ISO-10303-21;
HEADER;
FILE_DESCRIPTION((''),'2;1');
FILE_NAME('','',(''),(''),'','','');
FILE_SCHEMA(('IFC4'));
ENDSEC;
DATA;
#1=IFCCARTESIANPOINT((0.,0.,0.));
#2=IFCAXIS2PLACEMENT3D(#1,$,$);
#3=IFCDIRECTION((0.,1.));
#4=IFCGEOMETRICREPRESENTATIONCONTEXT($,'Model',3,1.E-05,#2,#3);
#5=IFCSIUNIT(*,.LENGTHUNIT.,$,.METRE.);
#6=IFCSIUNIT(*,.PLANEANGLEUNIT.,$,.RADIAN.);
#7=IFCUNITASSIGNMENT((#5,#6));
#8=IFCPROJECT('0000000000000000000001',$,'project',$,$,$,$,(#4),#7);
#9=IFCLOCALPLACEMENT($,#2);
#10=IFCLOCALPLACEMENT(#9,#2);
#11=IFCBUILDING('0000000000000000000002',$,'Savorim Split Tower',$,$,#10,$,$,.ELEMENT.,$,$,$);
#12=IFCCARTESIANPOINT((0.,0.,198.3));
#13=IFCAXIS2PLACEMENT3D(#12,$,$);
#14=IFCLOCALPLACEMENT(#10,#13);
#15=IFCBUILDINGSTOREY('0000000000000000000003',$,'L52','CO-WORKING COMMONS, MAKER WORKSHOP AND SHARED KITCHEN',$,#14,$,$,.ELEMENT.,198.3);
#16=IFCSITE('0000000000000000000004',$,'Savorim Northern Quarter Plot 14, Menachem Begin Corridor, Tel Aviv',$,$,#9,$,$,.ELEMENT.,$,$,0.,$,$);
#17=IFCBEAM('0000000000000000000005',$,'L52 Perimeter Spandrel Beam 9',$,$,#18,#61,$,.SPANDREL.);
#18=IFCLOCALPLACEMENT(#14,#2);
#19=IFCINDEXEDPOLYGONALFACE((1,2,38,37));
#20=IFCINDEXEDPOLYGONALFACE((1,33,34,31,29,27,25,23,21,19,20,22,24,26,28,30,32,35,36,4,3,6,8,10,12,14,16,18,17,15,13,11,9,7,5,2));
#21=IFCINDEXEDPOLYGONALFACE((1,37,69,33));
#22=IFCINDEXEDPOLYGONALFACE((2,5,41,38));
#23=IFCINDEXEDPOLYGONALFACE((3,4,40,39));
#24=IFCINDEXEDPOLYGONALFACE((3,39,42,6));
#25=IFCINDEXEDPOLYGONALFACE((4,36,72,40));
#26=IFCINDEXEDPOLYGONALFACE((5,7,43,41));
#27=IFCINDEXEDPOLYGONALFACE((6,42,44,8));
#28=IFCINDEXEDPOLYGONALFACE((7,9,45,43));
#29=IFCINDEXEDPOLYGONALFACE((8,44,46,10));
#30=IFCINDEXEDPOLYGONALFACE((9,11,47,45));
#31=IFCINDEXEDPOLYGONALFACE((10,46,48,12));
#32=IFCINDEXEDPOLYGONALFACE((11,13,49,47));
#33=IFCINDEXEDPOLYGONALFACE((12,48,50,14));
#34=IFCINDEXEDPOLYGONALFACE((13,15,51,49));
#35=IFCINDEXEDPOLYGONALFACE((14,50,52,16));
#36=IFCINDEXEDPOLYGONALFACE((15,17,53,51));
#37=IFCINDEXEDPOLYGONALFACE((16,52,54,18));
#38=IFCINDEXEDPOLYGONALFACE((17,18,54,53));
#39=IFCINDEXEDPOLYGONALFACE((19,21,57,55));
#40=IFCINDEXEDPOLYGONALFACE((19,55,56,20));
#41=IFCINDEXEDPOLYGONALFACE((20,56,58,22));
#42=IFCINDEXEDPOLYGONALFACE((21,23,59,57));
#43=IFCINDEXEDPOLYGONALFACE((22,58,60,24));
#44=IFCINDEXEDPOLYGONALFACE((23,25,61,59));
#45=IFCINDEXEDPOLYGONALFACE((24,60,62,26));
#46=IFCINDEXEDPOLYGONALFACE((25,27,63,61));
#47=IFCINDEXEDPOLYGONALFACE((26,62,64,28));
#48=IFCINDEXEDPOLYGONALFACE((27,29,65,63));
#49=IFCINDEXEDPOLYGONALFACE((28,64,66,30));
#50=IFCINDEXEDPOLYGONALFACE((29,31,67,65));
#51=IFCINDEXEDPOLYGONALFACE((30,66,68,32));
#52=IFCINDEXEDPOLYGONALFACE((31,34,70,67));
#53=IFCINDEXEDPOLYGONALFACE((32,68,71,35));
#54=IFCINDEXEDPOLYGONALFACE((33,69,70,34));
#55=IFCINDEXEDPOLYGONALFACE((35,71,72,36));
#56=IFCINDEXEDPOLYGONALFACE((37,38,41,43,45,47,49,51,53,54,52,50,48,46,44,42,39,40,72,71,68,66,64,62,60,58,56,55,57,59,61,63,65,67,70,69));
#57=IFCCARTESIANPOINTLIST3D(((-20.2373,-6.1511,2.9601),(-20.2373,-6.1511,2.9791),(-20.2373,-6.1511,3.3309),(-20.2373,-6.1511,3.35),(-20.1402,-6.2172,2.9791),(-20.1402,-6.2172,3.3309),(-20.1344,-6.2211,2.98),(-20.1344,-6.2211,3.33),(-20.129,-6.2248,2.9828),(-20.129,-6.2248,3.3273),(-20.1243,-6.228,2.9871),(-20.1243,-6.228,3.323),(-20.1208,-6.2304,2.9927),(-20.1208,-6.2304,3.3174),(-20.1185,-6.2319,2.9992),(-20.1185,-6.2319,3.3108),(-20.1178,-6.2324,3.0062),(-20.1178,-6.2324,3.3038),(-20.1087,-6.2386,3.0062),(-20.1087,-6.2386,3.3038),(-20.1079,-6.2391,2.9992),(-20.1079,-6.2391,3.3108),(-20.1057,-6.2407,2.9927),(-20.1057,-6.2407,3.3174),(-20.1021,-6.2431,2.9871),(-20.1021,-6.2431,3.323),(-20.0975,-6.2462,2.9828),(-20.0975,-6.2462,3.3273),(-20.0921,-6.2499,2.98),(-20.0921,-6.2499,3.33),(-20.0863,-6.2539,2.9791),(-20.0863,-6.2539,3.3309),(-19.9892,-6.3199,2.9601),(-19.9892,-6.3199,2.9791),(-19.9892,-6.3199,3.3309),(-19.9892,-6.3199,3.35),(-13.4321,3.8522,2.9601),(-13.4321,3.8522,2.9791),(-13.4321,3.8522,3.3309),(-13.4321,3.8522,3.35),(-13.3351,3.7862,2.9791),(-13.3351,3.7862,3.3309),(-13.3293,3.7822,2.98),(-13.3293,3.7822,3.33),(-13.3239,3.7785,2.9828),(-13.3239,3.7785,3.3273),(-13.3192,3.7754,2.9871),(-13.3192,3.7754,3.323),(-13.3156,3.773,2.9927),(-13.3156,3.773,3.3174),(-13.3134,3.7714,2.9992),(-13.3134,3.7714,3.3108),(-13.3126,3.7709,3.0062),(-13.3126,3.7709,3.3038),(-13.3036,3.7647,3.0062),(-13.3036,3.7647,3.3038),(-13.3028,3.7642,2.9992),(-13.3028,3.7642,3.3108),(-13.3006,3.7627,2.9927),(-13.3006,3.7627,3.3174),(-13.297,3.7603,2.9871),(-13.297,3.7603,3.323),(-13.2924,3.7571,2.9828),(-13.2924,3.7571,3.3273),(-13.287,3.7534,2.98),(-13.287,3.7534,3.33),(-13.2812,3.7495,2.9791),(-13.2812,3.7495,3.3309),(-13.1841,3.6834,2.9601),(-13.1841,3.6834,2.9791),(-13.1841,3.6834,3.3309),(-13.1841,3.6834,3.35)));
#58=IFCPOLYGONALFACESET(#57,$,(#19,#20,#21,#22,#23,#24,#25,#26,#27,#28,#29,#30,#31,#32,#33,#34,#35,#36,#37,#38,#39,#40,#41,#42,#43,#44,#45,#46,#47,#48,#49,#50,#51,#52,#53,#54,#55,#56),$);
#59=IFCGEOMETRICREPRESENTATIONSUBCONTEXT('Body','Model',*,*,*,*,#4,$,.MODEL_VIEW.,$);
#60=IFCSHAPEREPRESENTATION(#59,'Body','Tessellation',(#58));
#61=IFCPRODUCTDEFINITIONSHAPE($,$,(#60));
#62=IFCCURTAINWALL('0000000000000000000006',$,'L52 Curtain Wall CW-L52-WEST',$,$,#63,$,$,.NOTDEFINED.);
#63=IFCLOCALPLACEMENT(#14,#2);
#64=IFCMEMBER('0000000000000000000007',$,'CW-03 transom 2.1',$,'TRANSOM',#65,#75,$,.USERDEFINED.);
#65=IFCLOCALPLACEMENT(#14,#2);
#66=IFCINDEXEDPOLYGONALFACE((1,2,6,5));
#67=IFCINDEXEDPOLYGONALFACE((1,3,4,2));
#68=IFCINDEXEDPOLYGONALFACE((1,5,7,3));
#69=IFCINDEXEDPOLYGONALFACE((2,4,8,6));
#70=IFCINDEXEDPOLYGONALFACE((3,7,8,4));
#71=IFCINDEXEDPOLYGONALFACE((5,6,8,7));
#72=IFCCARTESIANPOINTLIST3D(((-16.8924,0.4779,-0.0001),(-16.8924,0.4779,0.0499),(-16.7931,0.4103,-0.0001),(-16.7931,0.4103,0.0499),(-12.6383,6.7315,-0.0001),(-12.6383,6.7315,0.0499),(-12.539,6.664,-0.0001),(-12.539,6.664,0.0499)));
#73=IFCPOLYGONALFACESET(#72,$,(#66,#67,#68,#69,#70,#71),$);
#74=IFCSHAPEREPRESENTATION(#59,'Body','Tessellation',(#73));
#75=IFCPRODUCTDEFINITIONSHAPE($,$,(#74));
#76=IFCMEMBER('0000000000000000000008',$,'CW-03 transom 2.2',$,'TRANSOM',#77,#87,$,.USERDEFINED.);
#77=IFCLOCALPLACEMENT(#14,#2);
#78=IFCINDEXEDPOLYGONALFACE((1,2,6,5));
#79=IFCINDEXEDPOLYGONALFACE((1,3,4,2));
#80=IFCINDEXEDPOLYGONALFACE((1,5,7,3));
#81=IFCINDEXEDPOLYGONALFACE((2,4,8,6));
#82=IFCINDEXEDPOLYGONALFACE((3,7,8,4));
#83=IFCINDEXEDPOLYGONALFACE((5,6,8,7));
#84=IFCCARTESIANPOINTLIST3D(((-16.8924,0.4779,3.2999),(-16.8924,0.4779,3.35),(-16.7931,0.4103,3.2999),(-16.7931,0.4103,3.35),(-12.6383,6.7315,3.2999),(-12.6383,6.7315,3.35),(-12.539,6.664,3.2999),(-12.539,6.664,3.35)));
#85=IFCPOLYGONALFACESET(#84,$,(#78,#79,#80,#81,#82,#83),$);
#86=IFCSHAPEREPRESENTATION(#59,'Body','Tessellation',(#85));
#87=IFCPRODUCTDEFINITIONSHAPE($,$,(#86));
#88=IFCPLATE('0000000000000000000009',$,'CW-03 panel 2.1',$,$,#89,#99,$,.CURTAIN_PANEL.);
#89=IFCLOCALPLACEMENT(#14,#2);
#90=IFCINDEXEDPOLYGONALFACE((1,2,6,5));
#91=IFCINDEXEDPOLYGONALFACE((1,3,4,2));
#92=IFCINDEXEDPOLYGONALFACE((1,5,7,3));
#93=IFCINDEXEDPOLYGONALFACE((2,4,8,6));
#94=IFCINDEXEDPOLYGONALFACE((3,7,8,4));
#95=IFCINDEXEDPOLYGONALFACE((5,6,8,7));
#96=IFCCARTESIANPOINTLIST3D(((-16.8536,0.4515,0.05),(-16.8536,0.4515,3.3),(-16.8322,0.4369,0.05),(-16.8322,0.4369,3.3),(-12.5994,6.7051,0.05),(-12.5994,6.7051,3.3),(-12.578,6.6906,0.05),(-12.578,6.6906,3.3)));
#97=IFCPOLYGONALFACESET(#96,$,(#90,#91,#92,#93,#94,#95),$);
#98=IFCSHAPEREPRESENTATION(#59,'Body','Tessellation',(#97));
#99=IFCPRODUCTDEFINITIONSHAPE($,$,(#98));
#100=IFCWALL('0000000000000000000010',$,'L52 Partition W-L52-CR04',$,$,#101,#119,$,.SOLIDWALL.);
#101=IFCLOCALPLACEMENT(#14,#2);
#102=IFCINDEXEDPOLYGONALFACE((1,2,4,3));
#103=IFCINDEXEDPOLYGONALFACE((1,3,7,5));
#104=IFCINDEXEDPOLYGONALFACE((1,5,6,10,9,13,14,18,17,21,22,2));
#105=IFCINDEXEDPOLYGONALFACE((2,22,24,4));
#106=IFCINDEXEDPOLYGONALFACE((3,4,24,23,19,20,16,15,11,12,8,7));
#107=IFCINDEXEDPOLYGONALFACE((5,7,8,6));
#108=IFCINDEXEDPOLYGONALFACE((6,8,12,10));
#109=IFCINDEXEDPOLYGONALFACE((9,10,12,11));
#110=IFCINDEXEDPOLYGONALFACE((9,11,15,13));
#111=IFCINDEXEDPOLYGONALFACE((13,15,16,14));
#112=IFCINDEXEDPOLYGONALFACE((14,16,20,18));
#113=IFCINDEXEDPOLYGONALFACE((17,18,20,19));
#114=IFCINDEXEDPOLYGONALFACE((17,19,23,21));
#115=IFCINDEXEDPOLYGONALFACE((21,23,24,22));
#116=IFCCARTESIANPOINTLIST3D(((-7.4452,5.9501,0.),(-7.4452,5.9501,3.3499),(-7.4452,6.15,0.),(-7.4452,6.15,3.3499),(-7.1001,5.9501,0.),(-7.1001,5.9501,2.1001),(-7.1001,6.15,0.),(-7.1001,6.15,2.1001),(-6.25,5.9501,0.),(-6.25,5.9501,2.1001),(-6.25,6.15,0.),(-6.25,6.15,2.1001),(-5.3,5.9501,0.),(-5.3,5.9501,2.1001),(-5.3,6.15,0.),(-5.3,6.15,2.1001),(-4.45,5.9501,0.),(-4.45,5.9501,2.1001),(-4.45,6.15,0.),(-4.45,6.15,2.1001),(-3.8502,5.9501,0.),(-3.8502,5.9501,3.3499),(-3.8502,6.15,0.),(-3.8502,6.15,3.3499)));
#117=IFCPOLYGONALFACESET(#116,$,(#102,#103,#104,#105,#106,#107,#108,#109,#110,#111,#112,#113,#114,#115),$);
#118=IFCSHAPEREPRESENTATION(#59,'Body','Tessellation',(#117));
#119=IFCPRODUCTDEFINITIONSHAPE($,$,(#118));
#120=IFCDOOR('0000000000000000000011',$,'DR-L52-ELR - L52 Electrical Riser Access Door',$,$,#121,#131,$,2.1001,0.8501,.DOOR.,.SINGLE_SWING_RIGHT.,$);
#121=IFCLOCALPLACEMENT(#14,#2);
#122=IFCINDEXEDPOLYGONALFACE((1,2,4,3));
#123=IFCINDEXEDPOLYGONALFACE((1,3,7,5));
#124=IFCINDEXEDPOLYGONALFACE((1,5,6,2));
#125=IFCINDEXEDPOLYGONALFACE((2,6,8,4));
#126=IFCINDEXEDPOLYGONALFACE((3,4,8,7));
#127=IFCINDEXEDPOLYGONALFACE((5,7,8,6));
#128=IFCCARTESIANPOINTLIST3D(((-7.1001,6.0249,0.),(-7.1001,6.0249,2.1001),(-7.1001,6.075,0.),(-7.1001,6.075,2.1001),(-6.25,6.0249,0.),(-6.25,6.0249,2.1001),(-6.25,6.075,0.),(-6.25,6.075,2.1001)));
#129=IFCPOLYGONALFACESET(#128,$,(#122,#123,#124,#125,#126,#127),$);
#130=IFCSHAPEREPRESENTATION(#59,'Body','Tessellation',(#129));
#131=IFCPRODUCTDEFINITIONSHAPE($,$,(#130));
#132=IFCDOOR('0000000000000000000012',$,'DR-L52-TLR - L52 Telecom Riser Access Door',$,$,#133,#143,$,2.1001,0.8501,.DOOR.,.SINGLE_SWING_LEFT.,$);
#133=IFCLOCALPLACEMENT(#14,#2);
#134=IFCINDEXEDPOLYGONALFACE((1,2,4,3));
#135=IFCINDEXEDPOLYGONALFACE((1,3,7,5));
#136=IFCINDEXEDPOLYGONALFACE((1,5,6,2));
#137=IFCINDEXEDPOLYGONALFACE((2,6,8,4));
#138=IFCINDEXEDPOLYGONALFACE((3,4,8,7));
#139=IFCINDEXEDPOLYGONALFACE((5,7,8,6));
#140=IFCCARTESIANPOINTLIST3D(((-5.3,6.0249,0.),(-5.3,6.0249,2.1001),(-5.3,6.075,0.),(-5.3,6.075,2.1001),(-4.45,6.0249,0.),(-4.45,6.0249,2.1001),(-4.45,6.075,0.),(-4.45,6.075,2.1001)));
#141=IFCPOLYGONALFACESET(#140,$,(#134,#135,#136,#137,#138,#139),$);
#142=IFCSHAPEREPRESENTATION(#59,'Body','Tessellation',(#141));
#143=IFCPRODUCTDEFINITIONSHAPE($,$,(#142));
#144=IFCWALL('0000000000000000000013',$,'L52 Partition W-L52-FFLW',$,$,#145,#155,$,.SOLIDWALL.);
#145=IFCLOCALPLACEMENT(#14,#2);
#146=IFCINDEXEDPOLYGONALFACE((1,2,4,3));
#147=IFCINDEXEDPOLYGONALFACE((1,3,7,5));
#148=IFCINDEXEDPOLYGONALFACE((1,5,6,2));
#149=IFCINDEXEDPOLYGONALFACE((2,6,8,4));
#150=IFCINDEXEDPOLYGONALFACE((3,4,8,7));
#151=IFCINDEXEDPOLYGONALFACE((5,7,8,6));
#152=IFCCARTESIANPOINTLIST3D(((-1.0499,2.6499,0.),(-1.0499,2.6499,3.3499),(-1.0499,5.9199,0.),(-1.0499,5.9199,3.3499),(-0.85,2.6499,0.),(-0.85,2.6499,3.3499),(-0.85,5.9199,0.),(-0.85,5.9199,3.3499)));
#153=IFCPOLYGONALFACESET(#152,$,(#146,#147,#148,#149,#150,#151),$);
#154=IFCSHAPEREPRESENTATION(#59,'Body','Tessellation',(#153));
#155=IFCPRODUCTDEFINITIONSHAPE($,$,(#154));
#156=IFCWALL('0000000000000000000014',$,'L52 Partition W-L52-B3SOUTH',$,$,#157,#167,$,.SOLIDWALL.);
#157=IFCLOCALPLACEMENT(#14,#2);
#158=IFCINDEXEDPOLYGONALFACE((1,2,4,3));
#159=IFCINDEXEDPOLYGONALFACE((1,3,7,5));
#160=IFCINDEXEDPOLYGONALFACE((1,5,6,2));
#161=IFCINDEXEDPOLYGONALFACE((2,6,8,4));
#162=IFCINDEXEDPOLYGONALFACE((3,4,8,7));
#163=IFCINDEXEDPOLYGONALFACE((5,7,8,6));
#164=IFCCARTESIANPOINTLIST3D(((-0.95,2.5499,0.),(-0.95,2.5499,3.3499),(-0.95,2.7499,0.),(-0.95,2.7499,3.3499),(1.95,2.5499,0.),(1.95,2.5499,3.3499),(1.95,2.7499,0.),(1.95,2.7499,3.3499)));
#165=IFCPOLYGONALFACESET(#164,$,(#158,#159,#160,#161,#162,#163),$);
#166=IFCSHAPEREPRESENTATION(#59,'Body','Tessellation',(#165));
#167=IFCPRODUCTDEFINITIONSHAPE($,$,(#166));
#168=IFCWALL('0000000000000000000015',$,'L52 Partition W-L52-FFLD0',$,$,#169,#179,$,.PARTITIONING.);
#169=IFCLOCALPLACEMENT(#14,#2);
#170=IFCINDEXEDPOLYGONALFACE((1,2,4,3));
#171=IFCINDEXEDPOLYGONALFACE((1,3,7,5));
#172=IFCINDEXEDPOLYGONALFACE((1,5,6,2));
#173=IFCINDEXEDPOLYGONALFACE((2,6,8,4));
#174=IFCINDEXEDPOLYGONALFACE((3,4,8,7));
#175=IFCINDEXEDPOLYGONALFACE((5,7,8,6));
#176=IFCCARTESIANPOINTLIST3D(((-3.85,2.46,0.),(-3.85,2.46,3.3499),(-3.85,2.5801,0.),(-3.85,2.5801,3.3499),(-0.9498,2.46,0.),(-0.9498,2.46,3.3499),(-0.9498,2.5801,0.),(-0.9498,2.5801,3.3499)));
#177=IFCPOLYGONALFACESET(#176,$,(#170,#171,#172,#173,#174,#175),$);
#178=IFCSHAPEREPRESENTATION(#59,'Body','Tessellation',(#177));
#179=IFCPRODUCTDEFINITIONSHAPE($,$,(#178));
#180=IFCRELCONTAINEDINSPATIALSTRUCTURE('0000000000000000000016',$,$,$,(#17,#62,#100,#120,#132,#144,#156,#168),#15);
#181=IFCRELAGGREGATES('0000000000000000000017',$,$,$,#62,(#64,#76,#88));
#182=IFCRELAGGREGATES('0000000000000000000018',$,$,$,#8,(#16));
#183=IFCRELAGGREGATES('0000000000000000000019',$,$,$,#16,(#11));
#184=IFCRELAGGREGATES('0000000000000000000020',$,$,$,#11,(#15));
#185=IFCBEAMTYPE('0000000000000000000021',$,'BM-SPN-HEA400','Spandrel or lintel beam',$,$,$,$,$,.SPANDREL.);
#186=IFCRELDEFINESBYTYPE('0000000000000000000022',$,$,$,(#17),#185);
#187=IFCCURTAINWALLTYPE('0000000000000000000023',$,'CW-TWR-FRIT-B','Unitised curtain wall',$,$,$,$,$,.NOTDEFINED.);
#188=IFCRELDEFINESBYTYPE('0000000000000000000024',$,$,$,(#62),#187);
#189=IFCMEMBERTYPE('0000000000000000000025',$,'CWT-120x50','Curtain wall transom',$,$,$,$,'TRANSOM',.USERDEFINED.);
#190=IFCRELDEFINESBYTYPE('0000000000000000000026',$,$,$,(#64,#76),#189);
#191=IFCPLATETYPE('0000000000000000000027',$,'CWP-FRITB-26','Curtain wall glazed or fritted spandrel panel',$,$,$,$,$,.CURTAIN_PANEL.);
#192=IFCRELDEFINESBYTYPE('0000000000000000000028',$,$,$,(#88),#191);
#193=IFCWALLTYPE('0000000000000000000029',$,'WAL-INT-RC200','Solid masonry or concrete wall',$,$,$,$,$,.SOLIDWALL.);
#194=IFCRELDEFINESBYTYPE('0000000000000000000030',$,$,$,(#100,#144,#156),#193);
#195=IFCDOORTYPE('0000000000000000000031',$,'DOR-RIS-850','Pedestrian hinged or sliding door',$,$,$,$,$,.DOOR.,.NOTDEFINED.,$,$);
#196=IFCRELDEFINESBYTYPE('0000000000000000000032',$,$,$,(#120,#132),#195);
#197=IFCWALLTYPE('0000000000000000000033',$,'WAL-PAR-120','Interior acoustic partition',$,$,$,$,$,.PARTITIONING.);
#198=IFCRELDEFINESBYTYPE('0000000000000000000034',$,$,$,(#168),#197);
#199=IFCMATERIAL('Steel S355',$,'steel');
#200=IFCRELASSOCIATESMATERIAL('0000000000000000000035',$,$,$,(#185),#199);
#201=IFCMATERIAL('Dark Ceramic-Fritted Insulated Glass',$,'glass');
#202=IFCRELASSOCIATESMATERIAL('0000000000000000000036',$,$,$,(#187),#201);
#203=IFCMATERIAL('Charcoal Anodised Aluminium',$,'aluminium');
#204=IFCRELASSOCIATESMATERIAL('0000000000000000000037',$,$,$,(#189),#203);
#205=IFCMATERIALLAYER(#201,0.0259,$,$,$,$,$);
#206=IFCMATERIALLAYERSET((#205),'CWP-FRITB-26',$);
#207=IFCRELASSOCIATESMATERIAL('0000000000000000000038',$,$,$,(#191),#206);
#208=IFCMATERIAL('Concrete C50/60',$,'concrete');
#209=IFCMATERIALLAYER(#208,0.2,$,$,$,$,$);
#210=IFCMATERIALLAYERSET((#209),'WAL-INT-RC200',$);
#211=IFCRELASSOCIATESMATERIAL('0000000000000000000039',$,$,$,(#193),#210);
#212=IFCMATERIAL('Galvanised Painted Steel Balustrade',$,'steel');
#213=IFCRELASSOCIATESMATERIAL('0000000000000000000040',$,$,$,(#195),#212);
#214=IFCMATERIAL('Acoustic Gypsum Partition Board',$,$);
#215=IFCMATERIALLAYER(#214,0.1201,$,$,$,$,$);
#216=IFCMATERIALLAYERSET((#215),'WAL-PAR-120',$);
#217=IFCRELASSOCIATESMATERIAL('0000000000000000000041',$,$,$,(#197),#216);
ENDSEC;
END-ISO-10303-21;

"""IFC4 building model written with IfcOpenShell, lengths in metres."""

from ifc_helpers import new_model, si_unit, direction, frame, frame_2d, origin, origin_2d, place, context, subcontext, project, spatial, rectangle, i_section, extrude, material, layer, layer_set, material_profile, profile_set, type_object, element, fill, aggregate, save


model = new_model("IFC4")

# Units and contexts
model_context = context("Model", 3, precision=1e-05, world=origin(), true_north=direction((0.0, 1.0)))
body_context = subcontext(model_context, "Body", "Model", "MODEL_VIEW")
ifc_project = project(units=[si_unit("LENGTHUNIT", "METRE"), si_unit("PLANEANGLEUNIT", "RADIAN")], contexts=[model_context])

# Site, building, storey
site_placement = place(None, origin())
site = spatial("IfcSite", under=ifc_project, at=site_placement, Name="Savorim Northern Quarter Plot 14, Menachem Begin Corridor, Tel Aviv", CompositionType="ELEMENT", RefElevation=0.0)
building_placement = place(site_placement, origin())
building = spatial("IfcBuilding", under=site, at=building_placement, Name="Savorim Split Tower", CompositionType="ELEMENT")
storey_placement = place(building_placement, frame((0.0, 0.0, 198.3)))
storey = spatial("IfcBuildingStorey", under=building, at=storey_placement, Name="L52", Description="CO-WORKING COMMONS, MAKER WORKSHOP AND SHARED KITCHEN", CompositionType="ELEMENT", Elevation=198.3)

# Shared definitions
ifc_material_1 = material(Name="Steel S355", Category="steel")

# Beam
ifc_material_profile_1 = material_profile(ifc_material_1, i_section(OverallWidth=0.3, OverallDepth=0.3899, WebThickness=0.011, FlangeThickness=0.019, FilletRadius=0.0271, at=origin_2d()), Name="HEA 400")
ifc_profile_set_1 = profile_set([ifc_material_profile_1], Name="Steel S355")
beam_type_1 = type_object("IfcBeamType", Name="BM-SPN-HEA400", Description="Spandrel or lintel beam", PredefinedType="SPANDREL", material=ifc_profile_set_1)
beam_1_placement = place(storey_placement, frame((-13.3081, 3.7678, 3.155), z_axis=(-0.562471, -0.826817, 0.0), x_axis=(0.826817, -0.562471, 0.0)))
element("IfcBeam", 1, at=beam_1_placement, inside=storey, type_object=beam_type_1, Name="L52 Perimeter Spandrel Beam 9", PredefinedType="SPANDREL", context=body_context, shape_type="SweptSolid", body=[
    extrude(i_section(OverallWidth=0.3, OverallDepth=0.3899, WebThickness=0.011, FlangeThickness=0.019, FilletRadius=0.0271, at=origin_2d()), origin(), (0.0, 0.0, 1.0), 12.0986),
])

# Curtain wall, members, plate
ifc_material_2 = material(Name="Dark Ceramic-Fritted Insulated Glass", Category="glass")
curtain_wall_type = type_object("IfcCurtainWallType", Name="CW-TWR-FRIT-B", Description="Unitised curtain wall", PredefinedType="NOTDEFINED", material=ifc_material_2)
curtain_wall_placement = place(storey_placement, origin())
curtain_wall = element("IfcCurtainWall", 2, at=curtain_wall_placement, inside=storey, type_object=curtain_wall_type, Name="L52 Curtain Wall CW-L52-WEST", PredefinedType="NOTDEFINED")
ifc_material_3 = material(Name="Charcoal Anodised Aluminium", Category="aluminium")
ifc_material_profile_2 = material_profile(ifc_material_3, rectangle(XDim=0.1201, YDim=0.05, at=origin_2d()), Name="ALU-T 120x50")
ifc_profile_set_2 = profile_set([ifc_material_profile_2], Name="Charcoal Anodised Aluminium")
member_type = type_object("IfcMemberType", Name="CWT-120x50", Description="Curtain wall transom", ElementType="TRANSOM", PredefinedType="USERDEFINED", material=ifc_profile_set_2)
member_1_placement = place(storey_placement, frame((-12.5886, 6.6978, 0.0249), z_axis=(-0.56246, -0.826824, 0.0), x_axis=(0.826824, -0.56246, 0.0)))
member_1 = element("IfcMember", 3, at=member_1_placement, type_object=member_type, Name="CW-03 transom 2.1", ObjectType="TRANSOM", PredefinedType="USERDEFINED", context=body_context, shape_type="SweptSolid", body=[
    extrude(rectangle(XDim=0.1201, YDim=0.05, at=origin_2d()), origin(), (0.0, 0.0, 1.0), 7.5635),
])
member_2_placement = place(storey_placement, frame((-12.5886, 6.6978, 3.325), z_axis=(-0.56246, -0.826824, 0.0), x_axis=(0.826824, -0.56246, 0.0)))
member_2 = element("IfcMember", 4, at=member_2_placement, type_object=member_type, Name="CW-03 transom 2.2", ObjectType="TRANSOM", PredefinedType="USERDEFINED", context=body_context, shape_type="SweptSolid", body=[
    extrude(rectangle(XDim=0.1201, YDim=0.05, at=origin_2d()), origin(), (0.0, 0.0, 1.0), 7.5635),
])
ifc_layer_1 = layer(ifc_material_2, 0.0259)
ifc_layer_set_1 = layer_set([ifc_layer_1], Name="CWP-FRITB-26")
plate_type = type_object("IfcPlateType", Name="CWP-FRITB-26", Description="Curtain wall glazed or fritted spandrel panel", PredefinedType="CURTAIN_PANEL", material=ifc_layer_set_1)
plate_placement = place(storey_placement, frame((-14.7158, 3.571, 0.05), z_axis=(0.0, 0.0, 1.0), x_axis=(-0.562465, -0.826821, 0.0)))
plate = element("IfcPlate", 5, at=plate_placement, type_object=plate_type, Name="CW-03 panel 2.1", PredefinedType="CURTAIN_PANEL", context=body_context, shape_type="SweptSolid", body=[
    extrude(rectangle(XDim=7.5635, YDim=0.0259, at=origin_2d()), origin(), (0.0, 0.0, 1.0), 3.25),
])
aggregate(curtain_wall, [member_1, member_2, plate])

# Wall, openings, doors
ifc_material_4 = material(Name="Concrete C50/60", Category="concrete")
ifc_layer_2 = layer(ifc_material_4, 0.2)
ifc_layer_set_2 = layer_set([ifc_layer_2], Name="WAL-INT-RC200")
wall_type_1 = type_object("IfcWallType", Name="WAL-INT-RC200", Description="Solid masonry or concrete wall", PredefinedType="SOLIDWALL", material=ifc_layer_set_2)
wall_1_placement = place(storey_placement, frame((-7.4451, 6.05, 0.0), z_axis=(0.0, 0.0, 1.0), x_axis=(1.0, 0.0, 0.0)))
wall_1 = element("IfcWall", 6, at=wall_1_placement, inside=storey, type_object=wall_type_1, Name="L52 Partition W-L52-CR04", PredefinedType="SOLIDWALL", context=body_context, shape_type="SweptSolid", body=[
    extrude(rectangle(XDim=3.595, YDim=0.2, at=frame_2d((1.7974, 0.0))), origin(), (0.0, 0.0, 1.0), 3.3499),
])
opening_1_placement = place(wall_1_placement, frame((0.345, 0.0, 0.0)))
opening_1 = element("IfcOpeningElement", 7, at=opening_1_placement, cuts=wall_1, PredefinedType="OPENING", context=body_context, shape_type="SweptSolid", body=[
    extrude(rectangle(XDim=0.8501, YDim=2.1001, at=frame_2d((0.425, 1.05))), frame((0.0, 0.1099, 0.0), z_axis=(0.0, -1.0, 0.0), x_axis=(1.0, 0.0, 0.0)), (0.0, 0.0, 1.0), 0.22),
])
opening_2_placement = place(wall_1_placement, frame((2.145, 0.0, 0.0)))
opening_2 = element("IfcOpeningElement", 8, at=opening_2_placement, cuts=wall_1, PredefinedType="OPENING", context=body_context, shape_type="SweptSolid", body=[
    extrude(rectangle(XDim=0.8501, YDim=2.1001, at=frame_2d((0.425, 1.05))), frame((0.0, 0.1099, 0.0), z_axis=(0.0, -1.0, 0.0), x_axis=(1.0, 0.0, 0.0)), (0.0, 0.0, 1.0), 0.22),
])
ifc_material_5 = material(Name="Galvanised Painted Steel Balustrade", Category="steel")
door_type = type_object("IfcDoorType", Name="DOR-RIS-850", Description="Pedestrian hinged or sliding door", OperationType="NOTDEFINED", PredefinedType="DOOR", material=ifc_material_5)
door_1_placement = place(opening_1_placement, origin())
door_1 = element("IfcDoor", 9, at=door_1_placement, inside=storey, type_object=door_type, Name="DR-L52-ELR - L52 Electrical Riser Access Door", OperationType="SINGLE_SWING_RIGHT", OverallHeight=2.1001, OverallWidth=0.8501, PredefinedType="DOOR", context=body_context, shape_type="SweptSolid", body=[
    extrude(rectangle(XDim=0.8501, YDim=2.1001, at=frame_2d((0.425, 1.05))), frame((0.0, 0.0249, 0.0), z_axis=(0.0, -1.0, 0.0), x_axis=(1.0, 0.0, 0.0)), (0.0, 0.0, 1.0), 0.05),
])
fill(opening_1, door_1)
door_2_placement = place(opening_2_placement, origin())
door_2 = element("IfcDoor", 10, at=door_2_placement, inside=storey, type_object=door_type, Name="DR-L52-TLR - L52 Telecom Riser Access Door", OperationType="SINGLE_SWING_LEFT", OverallHeight=2.1001, OverallWidth=0.8501, PredefinedType="DOOR", context=body_context, shape_type="SweptSolid", body=[
    extrude(rectangle(XDim=0.8501, YDim=2.1001, at=frame_2d((0.425, 1.05))), frame((0.0, 0.0249, 0.0), z_axis=(0.0, -1.0, 0.0), x_axis=(1.0, 0.0, 0.0)), (0.0, 0.0, 1.0), 0.05),
])
fill(opening_2, door_2)

# Walls
wall_2_placement = place(storey_placement, frame((-0.95, 2.6499, 0.0), z_axis=(0.0, 0.0, 1.0), x_axis=(0.0, 1.0, 0.0)))
element("IfcWall", 11, at=wall_2_placement, inside=storey, type_object=wall_type_1, Name="L52 Partition W-L52-FFLW", PredefinedType="SOLIDWALL", context=body_context, shape_type="SweptSolid", body=[
    extrude(rectangle(XDim=3.27, YDim=0.2, at=frame_2d((1.635, 0.0))), origin(), (0.0, 0.0, 1.0), 3.3499),
])
wall_3_placement = place(storey_placement, frame((-0.95, 2.6499, 0.0), z_axis=(0.0, 0.0, 1.0), x_axis=(1.0, 0.0, 0.0)))
element("IfcWall", 12, at=wall_3_placement, inside=storey, type_object=wall_type_1, Name="L52 Partition W-L52-B3SOUTH", PredefinedType="SOLIDWALL", context=body_context, shape_type="SweptSolid", body=[
    extrude(rectangle(XDim=2.8999, YDim=0.2, at=frame_2d((1.45, 0.0))), origin(), (0.0, 0.0, 1.0), 3.3499),
])
ifc_material_6 = material(Name="Acoustic Gypsum Partition Board")
ifc_layer_3 = layer(ifc_material_6, 0.1201)
ifc_layer_set_3 = layer_set([ifc_layer_3], Name="WAL-PAR-120")
wall_type_2 = type_object("IfcWallType", Name="WAL-PAR-120", Description="Interior acoustic partition", PredefinedType="PARTITIONING", material=ifc_layer_set_3)
for number, where, z_axis, x_axis, name in (
    (13, (-3.8501, 2.52, 0.0), (0.0, 0.0, 1.0), (1.0, 0.0, 0.0), "L52 Partition W-L52-FFLD0"),
):
    element("IfcWall", number, at=place(storey_placement, frame(where, z_axis=z_axis, x_axis=x_axis)), inside=storey, type_object=wall_type_2, Name=name, PredefinedType="PARTITIONING", context=body_context, shape_type="SweptSolid", body=[
        extrude(rectangle(XDim=2.9001, YDim=0.1201, at=frame_2d((1.4502, 0.0))), origin(), (0.0, 0.0, 1.0), 3.3499),
    ])

save(model, "model.ifc")
